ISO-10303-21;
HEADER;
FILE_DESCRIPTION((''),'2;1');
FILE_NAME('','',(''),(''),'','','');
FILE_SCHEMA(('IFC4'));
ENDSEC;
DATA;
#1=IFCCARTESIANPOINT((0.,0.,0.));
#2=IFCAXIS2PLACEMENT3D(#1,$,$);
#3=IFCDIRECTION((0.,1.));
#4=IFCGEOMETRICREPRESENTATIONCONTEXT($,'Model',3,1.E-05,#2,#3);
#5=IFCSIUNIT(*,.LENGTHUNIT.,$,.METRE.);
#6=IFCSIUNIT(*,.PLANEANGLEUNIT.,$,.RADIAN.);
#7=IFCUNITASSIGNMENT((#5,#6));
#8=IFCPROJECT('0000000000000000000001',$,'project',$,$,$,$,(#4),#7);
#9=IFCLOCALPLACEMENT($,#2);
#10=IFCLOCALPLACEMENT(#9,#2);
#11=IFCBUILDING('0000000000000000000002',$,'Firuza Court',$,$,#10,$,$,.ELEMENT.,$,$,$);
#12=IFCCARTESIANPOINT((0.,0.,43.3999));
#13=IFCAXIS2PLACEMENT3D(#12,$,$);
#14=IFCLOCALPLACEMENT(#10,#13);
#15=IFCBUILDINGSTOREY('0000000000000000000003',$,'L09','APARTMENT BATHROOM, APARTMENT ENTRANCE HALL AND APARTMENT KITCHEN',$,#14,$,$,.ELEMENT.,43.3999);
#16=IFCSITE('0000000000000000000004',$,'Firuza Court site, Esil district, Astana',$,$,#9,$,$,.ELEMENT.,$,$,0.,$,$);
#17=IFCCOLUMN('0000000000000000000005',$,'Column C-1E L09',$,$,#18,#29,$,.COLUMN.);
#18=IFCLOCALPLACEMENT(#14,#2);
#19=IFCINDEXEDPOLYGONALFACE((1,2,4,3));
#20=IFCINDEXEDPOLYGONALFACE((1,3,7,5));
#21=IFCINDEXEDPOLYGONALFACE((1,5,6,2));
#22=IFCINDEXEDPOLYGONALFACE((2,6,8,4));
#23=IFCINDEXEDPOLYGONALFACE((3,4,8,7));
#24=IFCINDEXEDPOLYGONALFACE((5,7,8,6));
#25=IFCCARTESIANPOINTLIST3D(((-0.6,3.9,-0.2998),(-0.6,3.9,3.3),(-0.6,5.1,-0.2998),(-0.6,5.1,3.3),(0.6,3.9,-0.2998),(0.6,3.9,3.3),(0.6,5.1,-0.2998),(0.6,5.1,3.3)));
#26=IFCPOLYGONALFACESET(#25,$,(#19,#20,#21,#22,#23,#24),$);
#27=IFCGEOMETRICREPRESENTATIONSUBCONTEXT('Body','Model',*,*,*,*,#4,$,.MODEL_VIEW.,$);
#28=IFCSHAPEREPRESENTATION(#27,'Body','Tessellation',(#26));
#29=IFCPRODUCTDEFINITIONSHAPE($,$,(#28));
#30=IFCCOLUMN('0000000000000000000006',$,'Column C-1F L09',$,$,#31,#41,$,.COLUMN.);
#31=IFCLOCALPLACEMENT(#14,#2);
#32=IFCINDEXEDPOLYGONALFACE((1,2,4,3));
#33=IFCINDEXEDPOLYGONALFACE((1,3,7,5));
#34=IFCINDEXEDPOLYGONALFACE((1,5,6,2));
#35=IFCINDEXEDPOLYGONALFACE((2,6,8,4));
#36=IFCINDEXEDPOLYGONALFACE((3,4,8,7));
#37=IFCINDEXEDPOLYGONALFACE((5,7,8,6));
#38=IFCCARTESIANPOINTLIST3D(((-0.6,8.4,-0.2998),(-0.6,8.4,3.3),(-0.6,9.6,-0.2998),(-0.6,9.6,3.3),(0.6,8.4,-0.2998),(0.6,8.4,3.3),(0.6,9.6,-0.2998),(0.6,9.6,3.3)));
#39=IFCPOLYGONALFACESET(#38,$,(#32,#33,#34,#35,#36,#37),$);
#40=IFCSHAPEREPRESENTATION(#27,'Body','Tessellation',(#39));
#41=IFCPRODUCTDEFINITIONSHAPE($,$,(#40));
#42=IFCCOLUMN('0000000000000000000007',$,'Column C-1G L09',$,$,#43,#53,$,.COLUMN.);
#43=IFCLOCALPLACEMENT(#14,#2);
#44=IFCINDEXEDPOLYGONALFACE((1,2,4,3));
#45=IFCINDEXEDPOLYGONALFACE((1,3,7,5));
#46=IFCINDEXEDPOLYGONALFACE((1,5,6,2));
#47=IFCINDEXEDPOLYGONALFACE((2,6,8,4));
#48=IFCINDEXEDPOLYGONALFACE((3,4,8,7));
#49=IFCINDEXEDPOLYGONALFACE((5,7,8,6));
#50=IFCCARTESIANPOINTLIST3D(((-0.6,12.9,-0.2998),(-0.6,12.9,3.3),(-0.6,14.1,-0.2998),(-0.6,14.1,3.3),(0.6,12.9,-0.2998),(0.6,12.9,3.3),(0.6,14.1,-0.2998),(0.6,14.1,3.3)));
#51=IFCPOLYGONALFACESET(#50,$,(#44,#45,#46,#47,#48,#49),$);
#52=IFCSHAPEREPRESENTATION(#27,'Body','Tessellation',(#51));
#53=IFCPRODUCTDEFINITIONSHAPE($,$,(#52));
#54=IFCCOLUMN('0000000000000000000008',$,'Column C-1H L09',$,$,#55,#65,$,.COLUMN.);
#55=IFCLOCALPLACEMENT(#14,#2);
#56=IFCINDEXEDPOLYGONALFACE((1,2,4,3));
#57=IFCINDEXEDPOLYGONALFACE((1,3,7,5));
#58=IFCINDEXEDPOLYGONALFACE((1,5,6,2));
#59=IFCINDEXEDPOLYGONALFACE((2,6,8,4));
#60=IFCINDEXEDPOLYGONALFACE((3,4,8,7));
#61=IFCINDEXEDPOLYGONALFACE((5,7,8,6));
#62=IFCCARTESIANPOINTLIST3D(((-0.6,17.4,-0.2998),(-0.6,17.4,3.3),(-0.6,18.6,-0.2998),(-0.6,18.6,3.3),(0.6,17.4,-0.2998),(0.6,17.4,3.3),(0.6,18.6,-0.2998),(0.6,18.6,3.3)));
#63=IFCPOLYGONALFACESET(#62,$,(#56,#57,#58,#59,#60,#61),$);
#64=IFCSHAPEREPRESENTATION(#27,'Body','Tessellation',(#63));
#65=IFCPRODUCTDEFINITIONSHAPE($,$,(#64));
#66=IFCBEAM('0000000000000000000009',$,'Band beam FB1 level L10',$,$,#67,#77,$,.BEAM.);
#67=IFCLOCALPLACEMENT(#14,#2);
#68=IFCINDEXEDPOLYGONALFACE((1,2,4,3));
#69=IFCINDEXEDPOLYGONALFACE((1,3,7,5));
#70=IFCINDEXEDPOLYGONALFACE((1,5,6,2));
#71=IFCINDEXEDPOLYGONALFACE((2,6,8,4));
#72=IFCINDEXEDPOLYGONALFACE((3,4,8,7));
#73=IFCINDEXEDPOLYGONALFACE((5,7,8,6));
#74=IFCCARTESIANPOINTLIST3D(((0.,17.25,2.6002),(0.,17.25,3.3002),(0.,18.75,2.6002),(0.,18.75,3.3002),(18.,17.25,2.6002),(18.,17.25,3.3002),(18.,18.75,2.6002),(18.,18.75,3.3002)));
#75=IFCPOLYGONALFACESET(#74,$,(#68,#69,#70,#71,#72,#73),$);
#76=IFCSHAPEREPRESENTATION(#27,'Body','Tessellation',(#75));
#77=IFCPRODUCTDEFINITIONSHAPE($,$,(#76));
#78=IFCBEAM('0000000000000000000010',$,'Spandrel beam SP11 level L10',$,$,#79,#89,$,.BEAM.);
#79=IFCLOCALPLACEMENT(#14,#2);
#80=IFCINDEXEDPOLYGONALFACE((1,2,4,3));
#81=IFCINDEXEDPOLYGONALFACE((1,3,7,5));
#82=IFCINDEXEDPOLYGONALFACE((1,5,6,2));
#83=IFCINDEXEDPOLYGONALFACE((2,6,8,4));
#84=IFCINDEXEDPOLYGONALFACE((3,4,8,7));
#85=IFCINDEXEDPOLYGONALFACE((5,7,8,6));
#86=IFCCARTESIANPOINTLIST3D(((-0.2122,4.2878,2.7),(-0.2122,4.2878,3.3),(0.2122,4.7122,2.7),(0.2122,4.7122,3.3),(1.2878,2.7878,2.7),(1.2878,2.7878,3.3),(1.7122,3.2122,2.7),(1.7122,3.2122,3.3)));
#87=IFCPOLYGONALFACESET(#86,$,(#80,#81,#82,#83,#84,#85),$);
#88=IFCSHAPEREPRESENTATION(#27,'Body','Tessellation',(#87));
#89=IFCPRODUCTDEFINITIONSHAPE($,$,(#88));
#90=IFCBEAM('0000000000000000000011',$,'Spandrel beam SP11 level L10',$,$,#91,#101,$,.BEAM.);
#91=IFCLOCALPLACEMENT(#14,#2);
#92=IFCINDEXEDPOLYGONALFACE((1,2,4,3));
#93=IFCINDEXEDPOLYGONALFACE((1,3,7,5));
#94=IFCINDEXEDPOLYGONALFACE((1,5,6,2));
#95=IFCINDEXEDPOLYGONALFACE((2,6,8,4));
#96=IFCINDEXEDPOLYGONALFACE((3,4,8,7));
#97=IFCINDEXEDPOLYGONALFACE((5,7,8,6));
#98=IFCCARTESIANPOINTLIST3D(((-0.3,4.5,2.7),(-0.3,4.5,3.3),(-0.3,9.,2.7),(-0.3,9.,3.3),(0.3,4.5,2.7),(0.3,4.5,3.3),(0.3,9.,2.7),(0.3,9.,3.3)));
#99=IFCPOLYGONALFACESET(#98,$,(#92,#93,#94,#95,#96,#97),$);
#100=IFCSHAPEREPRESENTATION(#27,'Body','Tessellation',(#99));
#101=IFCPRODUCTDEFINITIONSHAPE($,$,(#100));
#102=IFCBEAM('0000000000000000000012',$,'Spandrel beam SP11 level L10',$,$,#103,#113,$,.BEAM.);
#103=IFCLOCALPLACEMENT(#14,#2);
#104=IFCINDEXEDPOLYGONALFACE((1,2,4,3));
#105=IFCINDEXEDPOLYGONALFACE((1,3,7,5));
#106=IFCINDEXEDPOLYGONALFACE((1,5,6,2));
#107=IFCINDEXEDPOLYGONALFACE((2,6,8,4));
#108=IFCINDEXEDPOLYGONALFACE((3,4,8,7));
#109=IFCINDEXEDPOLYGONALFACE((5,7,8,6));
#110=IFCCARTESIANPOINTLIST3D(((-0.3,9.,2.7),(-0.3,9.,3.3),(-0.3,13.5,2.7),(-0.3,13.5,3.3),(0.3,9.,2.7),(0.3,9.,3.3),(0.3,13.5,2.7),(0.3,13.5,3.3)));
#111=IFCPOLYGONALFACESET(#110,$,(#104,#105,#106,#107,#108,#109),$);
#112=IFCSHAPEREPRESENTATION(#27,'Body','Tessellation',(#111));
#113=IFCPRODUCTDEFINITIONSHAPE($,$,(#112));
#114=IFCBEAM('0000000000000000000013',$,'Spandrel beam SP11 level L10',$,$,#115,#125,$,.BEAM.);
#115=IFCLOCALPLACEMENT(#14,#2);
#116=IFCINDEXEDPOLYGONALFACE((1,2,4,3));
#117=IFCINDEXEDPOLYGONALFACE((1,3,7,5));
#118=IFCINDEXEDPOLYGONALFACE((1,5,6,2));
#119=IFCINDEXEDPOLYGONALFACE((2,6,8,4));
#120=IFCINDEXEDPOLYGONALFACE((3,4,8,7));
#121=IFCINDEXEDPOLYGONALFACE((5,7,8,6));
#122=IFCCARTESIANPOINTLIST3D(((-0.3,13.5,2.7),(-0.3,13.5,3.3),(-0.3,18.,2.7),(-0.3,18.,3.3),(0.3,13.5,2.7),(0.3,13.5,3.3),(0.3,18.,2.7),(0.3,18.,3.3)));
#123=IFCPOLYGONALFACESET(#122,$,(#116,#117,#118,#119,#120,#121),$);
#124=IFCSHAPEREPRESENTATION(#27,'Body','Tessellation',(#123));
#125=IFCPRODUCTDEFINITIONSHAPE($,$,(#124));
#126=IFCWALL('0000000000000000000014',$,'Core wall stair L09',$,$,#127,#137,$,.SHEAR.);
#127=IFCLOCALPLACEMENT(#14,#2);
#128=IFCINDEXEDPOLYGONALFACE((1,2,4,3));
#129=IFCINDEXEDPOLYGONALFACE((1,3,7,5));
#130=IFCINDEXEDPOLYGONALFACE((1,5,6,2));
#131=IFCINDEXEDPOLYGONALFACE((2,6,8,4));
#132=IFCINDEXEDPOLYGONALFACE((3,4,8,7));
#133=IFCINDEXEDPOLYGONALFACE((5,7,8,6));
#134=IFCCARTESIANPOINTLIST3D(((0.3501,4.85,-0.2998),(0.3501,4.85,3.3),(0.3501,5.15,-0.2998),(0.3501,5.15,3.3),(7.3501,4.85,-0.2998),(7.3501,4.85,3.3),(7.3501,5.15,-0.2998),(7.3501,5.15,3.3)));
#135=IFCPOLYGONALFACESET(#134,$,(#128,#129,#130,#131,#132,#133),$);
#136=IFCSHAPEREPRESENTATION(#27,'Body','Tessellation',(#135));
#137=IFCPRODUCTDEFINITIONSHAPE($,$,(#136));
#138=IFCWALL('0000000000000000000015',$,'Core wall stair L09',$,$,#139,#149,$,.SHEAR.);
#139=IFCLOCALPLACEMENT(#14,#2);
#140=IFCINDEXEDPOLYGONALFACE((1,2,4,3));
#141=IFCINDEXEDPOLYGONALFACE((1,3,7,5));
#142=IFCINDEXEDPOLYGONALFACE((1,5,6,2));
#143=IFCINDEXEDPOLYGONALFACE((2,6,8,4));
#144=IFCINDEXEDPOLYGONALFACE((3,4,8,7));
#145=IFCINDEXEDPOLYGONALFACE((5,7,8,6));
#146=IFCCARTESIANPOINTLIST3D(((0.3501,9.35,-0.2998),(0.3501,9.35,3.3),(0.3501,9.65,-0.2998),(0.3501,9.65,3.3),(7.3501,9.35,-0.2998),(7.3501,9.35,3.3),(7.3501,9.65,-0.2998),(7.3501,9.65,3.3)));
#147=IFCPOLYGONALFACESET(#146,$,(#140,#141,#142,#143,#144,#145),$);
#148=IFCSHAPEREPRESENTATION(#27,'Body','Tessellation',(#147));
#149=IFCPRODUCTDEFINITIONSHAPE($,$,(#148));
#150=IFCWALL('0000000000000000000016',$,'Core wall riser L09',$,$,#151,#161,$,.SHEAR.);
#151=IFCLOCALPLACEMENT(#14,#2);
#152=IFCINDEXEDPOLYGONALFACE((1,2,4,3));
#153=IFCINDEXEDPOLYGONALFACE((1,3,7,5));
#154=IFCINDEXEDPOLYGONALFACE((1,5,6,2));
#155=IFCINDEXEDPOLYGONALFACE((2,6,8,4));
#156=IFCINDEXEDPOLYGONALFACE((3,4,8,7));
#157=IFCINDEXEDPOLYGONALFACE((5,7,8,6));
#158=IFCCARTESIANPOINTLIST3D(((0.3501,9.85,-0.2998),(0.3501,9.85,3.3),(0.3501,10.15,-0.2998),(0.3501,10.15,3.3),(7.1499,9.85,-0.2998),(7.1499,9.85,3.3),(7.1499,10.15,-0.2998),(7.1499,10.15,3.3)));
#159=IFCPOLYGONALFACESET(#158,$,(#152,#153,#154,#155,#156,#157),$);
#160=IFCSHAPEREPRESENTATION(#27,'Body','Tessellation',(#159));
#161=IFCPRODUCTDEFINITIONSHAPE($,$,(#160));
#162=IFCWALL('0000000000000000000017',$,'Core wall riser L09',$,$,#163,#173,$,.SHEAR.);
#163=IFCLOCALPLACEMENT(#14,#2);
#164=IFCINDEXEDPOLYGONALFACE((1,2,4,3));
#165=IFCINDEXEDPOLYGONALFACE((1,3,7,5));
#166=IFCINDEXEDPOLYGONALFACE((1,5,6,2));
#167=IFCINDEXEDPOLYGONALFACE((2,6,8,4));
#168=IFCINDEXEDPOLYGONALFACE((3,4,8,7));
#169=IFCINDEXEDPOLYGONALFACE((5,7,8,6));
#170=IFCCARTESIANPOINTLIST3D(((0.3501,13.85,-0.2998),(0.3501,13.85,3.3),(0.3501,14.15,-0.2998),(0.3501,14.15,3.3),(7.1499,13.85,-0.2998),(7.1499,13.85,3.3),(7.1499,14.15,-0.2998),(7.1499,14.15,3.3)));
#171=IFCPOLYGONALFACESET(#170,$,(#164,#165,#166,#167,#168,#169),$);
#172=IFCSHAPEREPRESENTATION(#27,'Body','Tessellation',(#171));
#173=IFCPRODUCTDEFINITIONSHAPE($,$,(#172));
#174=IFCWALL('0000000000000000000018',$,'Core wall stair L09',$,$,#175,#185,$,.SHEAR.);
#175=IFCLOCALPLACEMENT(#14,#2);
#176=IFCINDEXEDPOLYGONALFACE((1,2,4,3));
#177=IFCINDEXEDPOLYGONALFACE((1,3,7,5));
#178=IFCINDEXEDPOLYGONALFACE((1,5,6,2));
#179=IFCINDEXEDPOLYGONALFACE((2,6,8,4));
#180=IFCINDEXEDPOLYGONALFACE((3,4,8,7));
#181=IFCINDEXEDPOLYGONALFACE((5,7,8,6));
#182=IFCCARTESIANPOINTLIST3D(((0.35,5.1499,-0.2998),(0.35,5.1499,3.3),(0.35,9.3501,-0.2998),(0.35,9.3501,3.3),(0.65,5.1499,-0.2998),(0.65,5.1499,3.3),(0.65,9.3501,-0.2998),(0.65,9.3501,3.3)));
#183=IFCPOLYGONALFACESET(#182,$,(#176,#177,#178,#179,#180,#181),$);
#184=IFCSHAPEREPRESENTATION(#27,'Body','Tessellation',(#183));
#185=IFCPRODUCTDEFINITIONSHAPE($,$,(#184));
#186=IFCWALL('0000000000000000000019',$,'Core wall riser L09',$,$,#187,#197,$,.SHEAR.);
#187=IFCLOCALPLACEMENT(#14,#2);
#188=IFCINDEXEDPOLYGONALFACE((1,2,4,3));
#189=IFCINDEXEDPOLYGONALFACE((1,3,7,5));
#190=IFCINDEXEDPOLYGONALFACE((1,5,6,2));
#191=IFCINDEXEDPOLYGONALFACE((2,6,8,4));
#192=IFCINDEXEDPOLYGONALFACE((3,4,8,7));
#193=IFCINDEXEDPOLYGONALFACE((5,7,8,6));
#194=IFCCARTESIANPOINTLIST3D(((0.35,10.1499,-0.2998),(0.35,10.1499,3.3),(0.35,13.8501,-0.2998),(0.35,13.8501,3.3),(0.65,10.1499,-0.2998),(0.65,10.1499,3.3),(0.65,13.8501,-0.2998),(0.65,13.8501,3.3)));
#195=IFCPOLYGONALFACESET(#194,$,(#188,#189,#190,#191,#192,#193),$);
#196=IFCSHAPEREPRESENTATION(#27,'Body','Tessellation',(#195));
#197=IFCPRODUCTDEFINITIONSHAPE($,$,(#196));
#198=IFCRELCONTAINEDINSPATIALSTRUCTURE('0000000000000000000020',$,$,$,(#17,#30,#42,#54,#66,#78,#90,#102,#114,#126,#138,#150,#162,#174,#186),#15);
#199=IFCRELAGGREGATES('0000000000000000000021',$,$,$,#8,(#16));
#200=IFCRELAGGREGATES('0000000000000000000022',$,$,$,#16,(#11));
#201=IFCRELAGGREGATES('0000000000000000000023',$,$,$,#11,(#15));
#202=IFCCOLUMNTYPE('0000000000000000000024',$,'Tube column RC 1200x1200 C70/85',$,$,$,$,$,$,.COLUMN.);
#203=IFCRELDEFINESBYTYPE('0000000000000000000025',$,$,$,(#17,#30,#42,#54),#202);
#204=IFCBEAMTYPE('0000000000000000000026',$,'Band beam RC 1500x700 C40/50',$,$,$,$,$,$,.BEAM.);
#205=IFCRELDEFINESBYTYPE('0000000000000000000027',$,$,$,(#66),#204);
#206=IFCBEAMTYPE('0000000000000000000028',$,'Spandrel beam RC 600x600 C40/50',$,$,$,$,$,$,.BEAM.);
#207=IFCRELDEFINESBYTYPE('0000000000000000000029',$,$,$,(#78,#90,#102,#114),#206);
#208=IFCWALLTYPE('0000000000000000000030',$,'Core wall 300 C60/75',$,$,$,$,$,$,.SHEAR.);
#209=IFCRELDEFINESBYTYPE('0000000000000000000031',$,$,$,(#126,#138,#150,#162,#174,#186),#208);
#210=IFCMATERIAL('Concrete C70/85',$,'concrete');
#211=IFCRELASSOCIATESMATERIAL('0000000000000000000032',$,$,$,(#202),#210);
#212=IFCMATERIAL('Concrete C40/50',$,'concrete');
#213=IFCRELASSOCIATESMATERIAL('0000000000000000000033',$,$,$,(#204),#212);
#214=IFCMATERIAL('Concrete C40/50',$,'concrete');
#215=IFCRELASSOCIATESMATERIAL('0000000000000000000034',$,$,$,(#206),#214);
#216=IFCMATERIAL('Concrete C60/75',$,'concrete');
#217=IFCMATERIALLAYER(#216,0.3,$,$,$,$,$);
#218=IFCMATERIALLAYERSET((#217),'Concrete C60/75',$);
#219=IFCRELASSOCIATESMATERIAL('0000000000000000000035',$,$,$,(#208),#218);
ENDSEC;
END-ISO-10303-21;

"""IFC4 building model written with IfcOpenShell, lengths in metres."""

from ifc_helpers import new_model, si_unit, direction, frame, frame_2d, origin, origin_2d, place, context, subcontext, project, spatial, rectangle, extrude, material, layer, layer_set, material_profile, profile_set, type_object, element, save


model = new_model("IFC4")

# Units and contexts
model_context = context("Model", 3, precision=1e-05, world=origin(), true_north=direction((0.0, 1.0)))
body_context = subcontext(model_context, "Body", "Model", "MODEL_VIEW")
ifc_project = project(units=[si_unit("LENGTHUNIT", "METRE"), si_unit("PLANEANGLEUNIT", "RADIAN")], contexts=[model_context])

# Site, building, storey
site_placement = place(None, origin())
site = spatial("IfcSite", under=ifc_project, at=site_placement, Name="Firuza Court site, Esil district, Astana", CompositionType="ELEMENT", RefElevation=0.0)
building_placement = place(site_placement, origin())
building = spatial("IfcBuilding", under=site, at=building_placement, Name="Firuza Court", CompositionType="ELEMENT")
storey_placement = place(building_placement, frame((0.0, 0.0, 43.3999)))
storey = spatial("IfcBuildingStorey", under=building, at=storey_placement, Name="L09", Description="APARTMENT BATHROOM, APARTMENT ENTRANCE HALL AND APARTMENT KITCHEN", CompositionType="ELEMENT", Elevation=43.3999)

# Columns
ifc_material_1 = material(Name="Concrete C70/85", Category="concrete")
ifc_material_profile_1 = material_profile(ifc_material_1, rectangle(XDim=1.2, YDim=1.2, at=origin_2d()), Name="RC 1200x1200")
ifc_profile_set_1 = profile_set([ifc_material_profile_1], Name="Concrete C70/85")
column_type = type_object("IfcColumnType", Name="Tube column RC 1200x1200 C70/85", PredefinedType="COLUMN", material=ifc_profile_set_1)
for number, where, z_axis, x_axis, name in (
    (1, (0.0, 4.5, -0.2998), (0.0, 0.0, 1.0), (1.0, 0.0, 0.0), "Column C-1E L09"),
    (2, (0.0, 9.0, -0.2998), (0.0, 0.0, 1.0), (1.0, 0.0, 0.0), "Column C-1F L09"),
    (3, (0.0, 13.5, -0.2998), (0.0, 0.0, 1.0), (1.0, 0.0, 0.0), "Column C-1G L09"),
    (4, (0.0, 18.0, -0.2998), (0.0, 0.0, 1.0), (1.0, 0.0, 0.0), "Column C-1H L09"),
):
    element("IfcColumn", number, at=place(storey_placement, frame(where, z_axis=z_axis, x_axis=x_axis)), inside=storey, type_object=column_type, Name=name, PredefinedType="COLUMN", context=body_context, shape_type="SweptSolid", body=[
        extrude(rectangle(XDim=1.2, YDim=1.2, at=origin_2d()), origin(), (0.0, 0.0, 1.0), 3.5999),
    ])

# Beams
ifc_material_2 = material(Name="Concrete C40/50", Category="concrete")
ifc_material_profile_2 = material_profile(ifc_material_2, rectangle(XDim=1.5, YDim=0.7, at=origin_2d()), Name="RC 1500x700")
ifc_profile_set_2 = profile_set([ifc_material_profile_2], Name="Concrete C40/50")
beam_type_1 = type_object("IfcBeamType", Name="Band beam RC 1500x700 C40/50", PredefinedType="BEAM", material=ifc_profile_set_2)
beam_1_placement = place(storey_placement, frame((0.0, 18.0, 2.9502), z_axis=(1.0, 0.0, 0.0), x_axis=(0.0, 1.0, 0.0)))
element("IfcBeam", 5, at=beam_1_placement, inside=storey, type_object=beam_type_1, Name="Band beam FB1 level L10", PredefinedType="BEAM", context=body_context, shape_type="SweptSolid", body=[
    extrude(rectangle(XDim=1.5, YDim=0.7, at=origin_2d()), origin(), (0.0, 0.0, 1.0), 18.0),
])
ifc_material_3 = material(Name="Concrete C40/50", Category="concrete")
ifc_material_profile_3 = material_profile(ifc_material_3, rectangle(XDim=0.6001, YDim=0.6001, at=origin_2d()), Name="RC 600x600")
ifc_profile_set_3 = profile_set([ifc_material_profile_3], Name="Concrete C40/50")
beam_type_2 = type_object("IfcBeamType", Name="Spandrel beam RC 600x600 C40/50", PredefinedType="BEAM", material=ifc_profile_set_3)
beam_2_placement = place(storey_placement, frame((0.0, 4.5, 3.0), z_axis=(0.707107, -0.707107, 0.0), x_axis=(0.707107, 0.707107, 0.0)))
element("IfcBeam", 6, at=beam_2_placement, inside=storey, type_object=beam_type_2, Name="Spandrel beam SP11 level L10", PredefinedType="BEAM", context=body_context, shape_type="SweptSolid", body=[
    extrude(rectangle(XDim=0.6001, YDim=0.6001, at=origin_2d()), origin(), (0.0, 0.0, 1.0), 2.1213),
])
for number, where, z_axis, x_axis, name in (
    (7, (0.0, 9.0, 3.0), (0.0, -1.0, 0.0), (1.0, 0.0, 0.0), "Spandrel beam SP11 level L10"),
    (8, (0.0, 13.5, 3.0), (0.0, -1.0, 0.0), (1.0, 0.0, 0.0), "Spandrel beam SP11 level L10"),
    (9, (0.0, 18.0, 3.0), (0.0, -1.0, 0.0), (1.0, 0.0, 0.0), "Spandrel beam SP11 level L10"),
):
    element("IfcBeam", number, at=place(storey_placement, frame(where, z_axis=z_axis, x_axis=x_axis)), inside=storey, type_object=beam_type_2, Name=name, PredefinedType="BEAM", context=body_context, shape_type="SweptSolid", body=[
        extrude(rectangle(XDim=0.6001, YDim=0.6001, at=origin_2d()), origin(), (0.0, 0.0, 1.0), 4.5),
    ])

# Walls
ifc_material_4 = material(Name="Concrete C60/75", Category="concrete")
ifc_layer_1 = layer(ifc_material_4, 0.3)
ifc_layer_set_1 = layer_set([ifc_layer_1], Name="Concrete C60/75")
wall_type_1 = type_object("IfcWallType", Name="Core wall 300 C60/75", PredefinedType="SHEAR", material=ifc_layer_set_1)
for number, where, z_axis, x_axis, name in (
    (10, (0.3501, 5.0, -0.2998), (0.0, 0.0, 1.0), (1.0, 0.0, 0.0), "Core wall stair L09"),
    (11, (0.3501, 9.5, -0.2998), (0.0, 0.0, 1.0), (1.0, 0.0, 0.0), "Core wall stair L09"),
):
    element("IfcWall", number, at=place(storey_placement, frame(where, z_axis=z_axis, x_axis=x_axis)), inside=storey, type_object=wall_type_1, Name=name, PredefinedType="SHEAR", context=body_context, shape_type="SweptSolid", body=[
        extrude(rectangle(XDim=7.0, YDim=0.3, at=frame_2d((3.5, 0.0))), origin(), (0.0, 0.0, 1.0), 3.5999),
    ])
for number, where, z_axis, x_axis, name in (
    (12, (0.3501, 10.0, -0.2998), (0.0, 0.0, 1.0), (1.0, 0.0, 0.0), "Core wall riser L09"),
    (13, (0.3501, 14.0, -0.2998), (0.0, 0.0, 1.0), (1.0, 0.0, 0.0), "Core wall riser L09"),
):
    element("IfcWall", number, at=place(storey_placement, frame(where, z_axis=z_axis, x_axis=x_axis)), inside=storey, type_object=wall_type_1, Name=name, PredefinedType="SHEAR", context=body_context, shape_type="SweptSolid", body=[
        extrude(rectangle(XDim=6.7998, YDim=0.3, at=frame_2d((3.3999, 0.0))), origin(), (0.0, 0.0, 1.0), 3.5999),
    ])
wall_1_placement = place(storey_placement, frame((0.5, 5.1499, -0.2998), z_axis=(0.0, 0.0, 1.0), x_axis=(0.0, 1.0, 0.0)))
element("IfcWall", 14, at=wall_1_placement, inside=storey, type_object=wall_type_1, Name="Core wall stair L09", PredefinedType="SHEAR", context=body_context, shape_type="SweptSolid", body=[
    extrude(rectangle(XDim=4.2002, YDim=0.3, at=frame_2d((2.1001, 0.0))), origin(), (0.0, 0.0, 1.0), 3.5999),
])
wall_2_placement = place(storey_placement, frame((0.5, 10.1499, -0.2998), z_axis=(0.0, 0.0, 1.0), x_axis=(0.0, 1.0, 0.0)))
element("IfcWall", 15, at=wall_2_placement, inside=storey, type_object=wall_type_1, Name="Core wall riser L09", PredefinedType="SHEAR", context=body_context, shape_type="SweptSolid", body=[
    extrude(rectangle(XDim=3.7002, YDim=0.3, at=frame_2d((1.8501, 0.0))), origin(), (0.0, 0.0, 1.0), 3.5999),
])

save(model, "model.ifc")
